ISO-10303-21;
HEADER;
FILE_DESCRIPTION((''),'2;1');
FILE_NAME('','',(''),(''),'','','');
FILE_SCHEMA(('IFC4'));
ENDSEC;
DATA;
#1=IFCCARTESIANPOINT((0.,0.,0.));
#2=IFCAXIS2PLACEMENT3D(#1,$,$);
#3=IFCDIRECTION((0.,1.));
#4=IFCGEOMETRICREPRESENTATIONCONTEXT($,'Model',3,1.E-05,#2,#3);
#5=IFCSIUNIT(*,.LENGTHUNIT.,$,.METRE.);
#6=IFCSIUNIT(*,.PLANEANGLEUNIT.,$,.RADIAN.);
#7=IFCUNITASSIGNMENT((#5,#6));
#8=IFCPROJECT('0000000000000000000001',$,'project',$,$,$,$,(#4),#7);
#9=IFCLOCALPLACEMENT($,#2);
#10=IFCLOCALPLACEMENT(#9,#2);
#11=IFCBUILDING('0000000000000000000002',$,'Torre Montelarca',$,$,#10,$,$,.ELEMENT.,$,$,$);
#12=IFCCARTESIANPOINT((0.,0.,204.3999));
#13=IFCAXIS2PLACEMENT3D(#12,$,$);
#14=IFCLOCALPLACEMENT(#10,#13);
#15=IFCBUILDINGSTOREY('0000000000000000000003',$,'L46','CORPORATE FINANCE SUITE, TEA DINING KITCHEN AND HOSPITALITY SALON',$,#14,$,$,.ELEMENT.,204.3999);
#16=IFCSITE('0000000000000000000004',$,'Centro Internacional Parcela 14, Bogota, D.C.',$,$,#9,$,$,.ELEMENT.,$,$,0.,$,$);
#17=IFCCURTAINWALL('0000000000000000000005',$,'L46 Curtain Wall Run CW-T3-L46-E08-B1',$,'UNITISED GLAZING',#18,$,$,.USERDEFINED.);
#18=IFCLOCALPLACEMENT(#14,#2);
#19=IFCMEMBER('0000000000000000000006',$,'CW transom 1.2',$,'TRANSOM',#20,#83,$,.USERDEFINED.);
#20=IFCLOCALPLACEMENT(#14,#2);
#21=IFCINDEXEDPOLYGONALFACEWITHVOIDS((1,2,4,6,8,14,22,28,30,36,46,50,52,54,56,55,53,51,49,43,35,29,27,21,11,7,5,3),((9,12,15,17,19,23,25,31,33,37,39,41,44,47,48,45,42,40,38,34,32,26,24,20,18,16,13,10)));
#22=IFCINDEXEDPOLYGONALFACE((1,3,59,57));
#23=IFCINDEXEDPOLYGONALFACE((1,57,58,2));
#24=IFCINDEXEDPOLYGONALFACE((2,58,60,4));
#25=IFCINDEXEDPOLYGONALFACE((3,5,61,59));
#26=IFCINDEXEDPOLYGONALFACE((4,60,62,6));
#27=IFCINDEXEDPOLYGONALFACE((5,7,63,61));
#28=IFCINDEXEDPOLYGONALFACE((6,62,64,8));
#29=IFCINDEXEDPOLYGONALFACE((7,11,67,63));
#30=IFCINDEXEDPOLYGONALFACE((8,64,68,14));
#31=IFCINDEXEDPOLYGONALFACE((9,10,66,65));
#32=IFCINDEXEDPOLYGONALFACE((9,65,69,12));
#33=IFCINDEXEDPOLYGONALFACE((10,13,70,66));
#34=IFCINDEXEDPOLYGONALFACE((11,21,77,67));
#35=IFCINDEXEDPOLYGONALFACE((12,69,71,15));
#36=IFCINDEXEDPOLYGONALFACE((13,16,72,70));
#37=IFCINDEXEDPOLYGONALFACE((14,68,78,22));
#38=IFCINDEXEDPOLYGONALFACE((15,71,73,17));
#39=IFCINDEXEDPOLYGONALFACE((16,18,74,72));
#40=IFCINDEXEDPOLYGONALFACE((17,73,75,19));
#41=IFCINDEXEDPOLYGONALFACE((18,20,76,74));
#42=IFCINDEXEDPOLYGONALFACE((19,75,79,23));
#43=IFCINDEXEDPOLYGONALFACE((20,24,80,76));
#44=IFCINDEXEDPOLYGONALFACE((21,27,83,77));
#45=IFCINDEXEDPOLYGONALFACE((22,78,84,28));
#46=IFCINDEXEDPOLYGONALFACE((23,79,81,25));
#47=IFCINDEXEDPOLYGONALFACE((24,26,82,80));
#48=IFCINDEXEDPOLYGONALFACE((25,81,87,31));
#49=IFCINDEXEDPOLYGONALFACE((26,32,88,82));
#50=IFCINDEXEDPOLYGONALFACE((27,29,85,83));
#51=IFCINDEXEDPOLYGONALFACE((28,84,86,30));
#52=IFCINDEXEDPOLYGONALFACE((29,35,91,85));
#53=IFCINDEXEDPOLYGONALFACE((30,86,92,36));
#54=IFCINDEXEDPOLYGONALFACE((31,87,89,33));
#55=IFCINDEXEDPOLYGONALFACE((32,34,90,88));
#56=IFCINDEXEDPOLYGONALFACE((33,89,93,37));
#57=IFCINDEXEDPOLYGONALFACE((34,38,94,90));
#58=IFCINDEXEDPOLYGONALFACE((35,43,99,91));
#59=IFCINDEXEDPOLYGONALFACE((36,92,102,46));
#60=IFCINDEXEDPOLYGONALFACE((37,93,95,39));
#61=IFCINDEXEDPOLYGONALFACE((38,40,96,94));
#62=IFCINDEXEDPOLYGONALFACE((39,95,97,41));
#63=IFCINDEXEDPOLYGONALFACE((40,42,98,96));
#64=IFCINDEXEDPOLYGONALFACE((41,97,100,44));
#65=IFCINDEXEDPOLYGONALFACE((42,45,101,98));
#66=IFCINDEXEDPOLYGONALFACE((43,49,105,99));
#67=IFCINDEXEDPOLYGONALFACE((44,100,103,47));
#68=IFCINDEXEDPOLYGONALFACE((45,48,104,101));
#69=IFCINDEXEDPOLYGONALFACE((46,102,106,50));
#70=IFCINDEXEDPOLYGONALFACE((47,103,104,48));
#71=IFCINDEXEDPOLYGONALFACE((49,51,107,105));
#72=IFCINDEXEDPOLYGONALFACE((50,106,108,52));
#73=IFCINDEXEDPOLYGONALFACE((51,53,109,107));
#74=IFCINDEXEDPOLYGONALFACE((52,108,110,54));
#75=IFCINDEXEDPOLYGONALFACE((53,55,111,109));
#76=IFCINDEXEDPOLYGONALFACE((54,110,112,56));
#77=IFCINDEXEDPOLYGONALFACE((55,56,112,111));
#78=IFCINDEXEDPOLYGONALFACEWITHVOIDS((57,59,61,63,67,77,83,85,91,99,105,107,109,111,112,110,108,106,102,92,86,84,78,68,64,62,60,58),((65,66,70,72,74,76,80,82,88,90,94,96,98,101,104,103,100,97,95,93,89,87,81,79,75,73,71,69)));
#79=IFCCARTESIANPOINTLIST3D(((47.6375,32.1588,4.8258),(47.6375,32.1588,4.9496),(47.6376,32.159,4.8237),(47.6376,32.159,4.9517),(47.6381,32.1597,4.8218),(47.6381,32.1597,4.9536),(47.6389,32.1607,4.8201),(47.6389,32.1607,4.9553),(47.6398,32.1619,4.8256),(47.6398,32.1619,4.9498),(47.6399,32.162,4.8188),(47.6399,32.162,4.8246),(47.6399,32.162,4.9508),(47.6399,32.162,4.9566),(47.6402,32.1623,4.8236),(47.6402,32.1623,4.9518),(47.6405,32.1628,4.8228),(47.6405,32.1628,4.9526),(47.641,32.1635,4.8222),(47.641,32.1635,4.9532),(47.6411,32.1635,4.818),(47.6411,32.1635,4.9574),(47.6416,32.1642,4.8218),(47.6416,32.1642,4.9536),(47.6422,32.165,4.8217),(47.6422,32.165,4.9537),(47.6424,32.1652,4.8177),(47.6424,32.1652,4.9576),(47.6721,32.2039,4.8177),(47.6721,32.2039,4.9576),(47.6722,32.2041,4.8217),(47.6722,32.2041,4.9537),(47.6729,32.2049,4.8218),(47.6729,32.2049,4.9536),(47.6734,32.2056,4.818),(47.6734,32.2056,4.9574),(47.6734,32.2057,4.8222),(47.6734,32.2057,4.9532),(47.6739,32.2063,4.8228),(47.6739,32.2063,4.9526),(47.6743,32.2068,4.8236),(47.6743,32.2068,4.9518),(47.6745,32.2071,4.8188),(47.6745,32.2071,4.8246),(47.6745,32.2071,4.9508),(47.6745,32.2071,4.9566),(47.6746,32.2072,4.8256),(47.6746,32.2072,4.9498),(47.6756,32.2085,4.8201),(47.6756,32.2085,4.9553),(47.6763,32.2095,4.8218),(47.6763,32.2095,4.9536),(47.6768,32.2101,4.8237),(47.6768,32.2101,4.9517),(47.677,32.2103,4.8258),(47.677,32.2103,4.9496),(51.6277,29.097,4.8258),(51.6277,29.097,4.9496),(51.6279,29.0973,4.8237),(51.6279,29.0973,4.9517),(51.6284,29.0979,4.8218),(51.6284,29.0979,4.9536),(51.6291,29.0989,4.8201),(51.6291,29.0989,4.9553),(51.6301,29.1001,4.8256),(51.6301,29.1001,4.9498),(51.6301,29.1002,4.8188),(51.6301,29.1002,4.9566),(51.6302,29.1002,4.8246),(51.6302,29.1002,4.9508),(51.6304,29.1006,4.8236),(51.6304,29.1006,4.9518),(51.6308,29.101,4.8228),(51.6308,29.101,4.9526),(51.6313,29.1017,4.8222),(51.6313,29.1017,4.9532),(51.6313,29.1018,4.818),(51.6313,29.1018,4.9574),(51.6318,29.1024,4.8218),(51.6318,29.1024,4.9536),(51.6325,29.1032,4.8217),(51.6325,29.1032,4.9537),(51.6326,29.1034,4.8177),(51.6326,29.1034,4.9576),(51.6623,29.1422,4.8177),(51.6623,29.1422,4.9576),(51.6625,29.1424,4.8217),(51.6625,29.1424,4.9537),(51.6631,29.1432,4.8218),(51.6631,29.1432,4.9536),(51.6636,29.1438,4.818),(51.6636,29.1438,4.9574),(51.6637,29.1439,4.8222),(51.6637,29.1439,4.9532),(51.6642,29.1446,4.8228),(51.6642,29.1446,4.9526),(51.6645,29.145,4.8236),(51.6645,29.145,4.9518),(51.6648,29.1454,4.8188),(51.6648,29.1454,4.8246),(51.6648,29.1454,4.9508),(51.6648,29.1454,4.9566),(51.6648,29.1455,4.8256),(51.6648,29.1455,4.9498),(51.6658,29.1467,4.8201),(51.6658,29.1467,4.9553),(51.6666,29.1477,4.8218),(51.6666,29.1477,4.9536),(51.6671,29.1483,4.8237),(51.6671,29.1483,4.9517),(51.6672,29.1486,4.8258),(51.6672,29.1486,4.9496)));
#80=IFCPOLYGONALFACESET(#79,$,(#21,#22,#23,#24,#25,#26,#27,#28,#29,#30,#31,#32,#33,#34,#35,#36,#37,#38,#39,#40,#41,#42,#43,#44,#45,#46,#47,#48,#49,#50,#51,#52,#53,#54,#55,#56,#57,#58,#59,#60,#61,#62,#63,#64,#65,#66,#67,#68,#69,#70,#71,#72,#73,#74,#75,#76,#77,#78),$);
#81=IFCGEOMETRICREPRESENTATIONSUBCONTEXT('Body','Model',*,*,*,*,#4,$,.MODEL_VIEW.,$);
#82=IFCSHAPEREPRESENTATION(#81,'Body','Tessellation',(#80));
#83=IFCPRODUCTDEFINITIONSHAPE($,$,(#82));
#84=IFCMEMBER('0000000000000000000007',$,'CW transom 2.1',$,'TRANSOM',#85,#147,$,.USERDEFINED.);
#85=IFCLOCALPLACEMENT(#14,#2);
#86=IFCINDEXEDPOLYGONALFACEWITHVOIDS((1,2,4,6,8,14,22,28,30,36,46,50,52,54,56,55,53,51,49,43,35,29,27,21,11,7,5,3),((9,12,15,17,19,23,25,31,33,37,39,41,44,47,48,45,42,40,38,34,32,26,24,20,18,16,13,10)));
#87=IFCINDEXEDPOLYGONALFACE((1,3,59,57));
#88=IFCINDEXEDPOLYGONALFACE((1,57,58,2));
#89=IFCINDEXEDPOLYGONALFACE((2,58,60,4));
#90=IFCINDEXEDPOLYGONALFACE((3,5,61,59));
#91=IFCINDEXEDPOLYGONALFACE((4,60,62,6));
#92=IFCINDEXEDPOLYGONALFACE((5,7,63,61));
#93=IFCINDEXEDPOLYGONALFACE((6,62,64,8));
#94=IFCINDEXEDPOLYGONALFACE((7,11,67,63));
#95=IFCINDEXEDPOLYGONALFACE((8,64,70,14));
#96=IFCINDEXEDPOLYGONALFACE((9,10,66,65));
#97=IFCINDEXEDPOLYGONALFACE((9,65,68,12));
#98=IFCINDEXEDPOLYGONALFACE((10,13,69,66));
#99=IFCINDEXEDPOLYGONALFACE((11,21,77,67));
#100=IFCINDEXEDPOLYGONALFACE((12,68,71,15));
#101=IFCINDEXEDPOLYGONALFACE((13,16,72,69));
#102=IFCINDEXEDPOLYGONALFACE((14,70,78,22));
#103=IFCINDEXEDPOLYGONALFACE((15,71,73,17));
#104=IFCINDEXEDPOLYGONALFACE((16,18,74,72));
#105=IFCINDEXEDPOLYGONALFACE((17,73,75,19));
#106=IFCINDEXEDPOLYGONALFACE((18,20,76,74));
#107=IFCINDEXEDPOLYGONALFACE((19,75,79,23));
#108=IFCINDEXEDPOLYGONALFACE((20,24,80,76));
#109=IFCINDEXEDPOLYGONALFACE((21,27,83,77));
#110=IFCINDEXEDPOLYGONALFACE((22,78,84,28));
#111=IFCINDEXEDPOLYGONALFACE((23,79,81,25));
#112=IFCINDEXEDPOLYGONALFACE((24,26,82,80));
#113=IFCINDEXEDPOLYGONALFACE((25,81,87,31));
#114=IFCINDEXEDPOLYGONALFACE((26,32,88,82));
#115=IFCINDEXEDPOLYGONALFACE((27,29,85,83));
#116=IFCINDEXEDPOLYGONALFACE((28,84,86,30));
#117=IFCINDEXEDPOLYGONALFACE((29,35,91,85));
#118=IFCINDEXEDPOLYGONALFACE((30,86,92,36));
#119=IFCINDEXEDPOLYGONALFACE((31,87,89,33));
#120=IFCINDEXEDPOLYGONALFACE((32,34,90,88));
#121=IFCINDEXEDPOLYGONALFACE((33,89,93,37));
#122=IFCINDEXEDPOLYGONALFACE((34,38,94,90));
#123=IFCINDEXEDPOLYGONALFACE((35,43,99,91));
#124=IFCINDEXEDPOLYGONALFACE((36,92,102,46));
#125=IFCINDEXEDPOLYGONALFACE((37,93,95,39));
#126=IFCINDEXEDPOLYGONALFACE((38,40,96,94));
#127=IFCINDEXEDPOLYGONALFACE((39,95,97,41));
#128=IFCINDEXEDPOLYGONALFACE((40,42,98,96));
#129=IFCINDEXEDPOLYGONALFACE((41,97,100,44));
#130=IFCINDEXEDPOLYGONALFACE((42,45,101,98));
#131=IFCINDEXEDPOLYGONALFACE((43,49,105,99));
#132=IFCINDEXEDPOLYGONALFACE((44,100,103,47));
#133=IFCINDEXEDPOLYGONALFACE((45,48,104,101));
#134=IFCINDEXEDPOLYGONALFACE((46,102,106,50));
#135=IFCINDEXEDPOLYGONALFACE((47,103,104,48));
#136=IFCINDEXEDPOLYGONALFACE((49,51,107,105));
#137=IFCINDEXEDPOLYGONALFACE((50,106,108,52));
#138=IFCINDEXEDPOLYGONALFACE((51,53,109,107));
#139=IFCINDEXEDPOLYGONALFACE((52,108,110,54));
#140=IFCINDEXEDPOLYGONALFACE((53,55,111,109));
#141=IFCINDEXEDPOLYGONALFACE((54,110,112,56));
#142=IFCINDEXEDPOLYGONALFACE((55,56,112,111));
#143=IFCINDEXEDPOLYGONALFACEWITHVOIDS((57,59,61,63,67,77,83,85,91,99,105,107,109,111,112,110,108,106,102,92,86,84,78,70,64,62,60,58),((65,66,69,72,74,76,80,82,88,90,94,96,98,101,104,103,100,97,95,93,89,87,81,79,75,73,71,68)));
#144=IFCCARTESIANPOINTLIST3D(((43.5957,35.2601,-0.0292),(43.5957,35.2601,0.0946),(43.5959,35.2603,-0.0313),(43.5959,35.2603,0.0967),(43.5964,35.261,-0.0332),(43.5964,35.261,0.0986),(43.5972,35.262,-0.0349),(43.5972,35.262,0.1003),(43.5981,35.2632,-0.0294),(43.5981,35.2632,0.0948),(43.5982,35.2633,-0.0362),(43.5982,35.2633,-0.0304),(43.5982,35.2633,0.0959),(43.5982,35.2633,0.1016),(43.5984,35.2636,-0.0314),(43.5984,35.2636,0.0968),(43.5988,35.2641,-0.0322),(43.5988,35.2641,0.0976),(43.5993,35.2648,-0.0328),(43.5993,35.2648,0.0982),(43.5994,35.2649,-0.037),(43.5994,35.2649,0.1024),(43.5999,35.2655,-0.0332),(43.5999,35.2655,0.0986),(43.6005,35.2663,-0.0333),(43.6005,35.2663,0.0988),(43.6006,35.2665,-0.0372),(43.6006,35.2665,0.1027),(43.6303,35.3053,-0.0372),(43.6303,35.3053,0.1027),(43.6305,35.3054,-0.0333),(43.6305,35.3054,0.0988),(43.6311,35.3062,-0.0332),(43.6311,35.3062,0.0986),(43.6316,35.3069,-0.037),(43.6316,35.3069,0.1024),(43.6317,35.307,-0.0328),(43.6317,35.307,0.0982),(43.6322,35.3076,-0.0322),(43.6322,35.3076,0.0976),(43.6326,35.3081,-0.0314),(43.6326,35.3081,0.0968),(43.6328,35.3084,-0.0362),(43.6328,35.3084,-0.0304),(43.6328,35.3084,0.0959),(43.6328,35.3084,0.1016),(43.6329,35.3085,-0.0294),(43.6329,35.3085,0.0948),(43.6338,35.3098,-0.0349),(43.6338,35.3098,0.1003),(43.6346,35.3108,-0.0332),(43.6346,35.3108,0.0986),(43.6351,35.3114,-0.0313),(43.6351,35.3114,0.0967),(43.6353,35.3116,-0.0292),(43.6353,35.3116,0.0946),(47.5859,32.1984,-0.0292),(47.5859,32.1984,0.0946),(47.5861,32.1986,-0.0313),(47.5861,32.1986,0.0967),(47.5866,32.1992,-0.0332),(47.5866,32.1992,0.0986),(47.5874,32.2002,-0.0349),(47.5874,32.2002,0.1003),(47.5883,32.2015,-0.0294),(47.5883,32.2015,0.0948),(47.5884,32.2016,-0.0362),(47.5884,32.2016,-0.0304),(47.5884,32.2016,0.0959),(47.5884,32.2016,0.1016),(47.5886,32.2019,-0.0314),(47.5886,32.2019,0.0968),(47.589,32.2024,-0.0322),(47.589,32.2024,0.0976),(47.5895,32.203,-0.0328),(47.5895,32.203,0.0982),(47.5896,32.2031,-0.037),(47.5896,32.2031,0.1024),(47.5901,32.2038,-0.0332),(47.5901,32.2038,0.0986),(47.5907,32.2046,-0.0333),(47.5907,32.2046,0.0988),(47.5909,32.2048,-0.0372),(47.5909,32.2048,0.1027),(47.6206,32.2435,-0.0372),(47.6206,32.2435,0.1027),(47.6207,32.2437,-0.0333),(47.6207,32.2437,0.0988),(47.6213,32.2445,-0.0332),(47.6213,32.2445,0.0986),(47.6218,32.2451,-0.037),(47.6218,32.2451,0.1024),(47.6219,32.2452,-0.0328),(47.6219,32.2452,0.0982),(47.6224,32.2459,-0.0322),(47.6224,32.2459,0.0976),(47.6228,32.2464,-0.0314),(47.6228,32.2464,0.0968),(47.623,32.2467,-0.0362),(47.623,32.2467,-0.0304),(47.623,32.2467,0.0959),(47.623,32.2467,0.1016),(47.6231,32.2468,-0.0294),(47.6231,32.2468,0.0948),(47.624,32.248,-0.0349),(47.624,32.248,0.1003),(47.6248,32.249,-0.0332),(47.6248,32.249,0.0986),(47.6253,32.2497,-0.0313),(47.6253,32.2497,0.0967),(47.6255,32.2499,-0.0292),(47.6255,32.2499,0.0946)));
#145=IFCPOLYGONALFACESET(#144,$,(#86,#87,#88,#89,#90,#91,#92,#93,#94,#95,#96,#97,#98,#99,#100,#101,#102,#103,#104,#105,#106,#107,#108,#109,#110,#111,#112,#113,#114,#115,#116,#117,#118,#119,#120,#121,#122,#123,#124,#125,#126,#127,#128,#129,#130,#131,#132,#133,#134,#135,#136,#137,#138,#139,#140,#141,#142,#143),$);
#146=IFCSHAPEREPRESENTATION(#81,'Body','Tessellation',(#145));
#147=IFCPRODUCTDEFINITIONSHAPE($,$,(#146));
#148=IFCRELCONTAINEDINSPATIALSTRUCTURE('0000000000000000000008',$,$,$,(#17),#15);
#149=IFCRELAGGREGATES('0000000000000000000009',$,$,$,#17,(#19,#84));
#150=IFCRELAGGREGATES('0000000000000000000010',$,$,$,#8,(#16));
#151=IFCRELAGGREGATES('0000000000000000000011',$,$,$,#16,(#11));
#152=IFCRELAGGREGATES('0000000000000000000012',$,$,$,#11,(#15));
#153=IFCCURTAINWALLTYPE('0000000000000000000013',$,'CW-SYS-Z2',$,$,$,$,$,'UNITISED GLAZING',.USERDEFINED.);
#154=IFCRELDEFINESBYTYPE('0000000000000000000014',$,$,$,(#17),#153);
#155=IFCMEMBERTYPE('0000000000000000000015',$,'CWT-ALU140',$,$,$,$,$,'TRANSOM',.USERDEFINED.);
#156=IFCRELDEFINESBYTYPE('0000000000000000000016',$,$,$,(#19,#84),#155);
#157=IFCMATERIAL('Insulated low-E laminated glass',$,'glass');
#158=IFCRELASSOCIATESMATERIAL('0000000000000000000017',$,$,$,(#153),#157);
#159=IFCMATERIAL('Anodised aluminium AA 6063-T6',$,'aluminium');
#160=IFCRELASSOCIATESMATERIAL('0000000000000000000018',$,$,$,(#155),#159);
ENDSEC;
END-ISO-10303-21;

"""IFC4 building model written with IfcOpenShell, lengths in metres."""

from ifc_helpers import new_model, si_unit, direction, frame, origin, origin_2d, place, context, subcontext, project, spatial, hollow_rectangle, extrude, source, transform, mapped, material, material_profile, profile_set, type_object, element, aggregate, save


model = new_model("IFC4")

# Units and contexts
model_context = context("Model", 3, precision=1e-05, world=origin(), true_north=direction((0.0, 1.0)))
body_context = subcontext(model_context, "Body", "Model", "MODEL_VIEW")
ifc_project = project(units=[si_unit("LENGTHUNIT", "METRE"), si_unit("PLANEANGLEUNIT", "RADIAN")], contexts=[model_context])

# Site, building, storey
site_placement = place(None, origin())
site = spatial("IfcSite", under=ifc_project, at=site_placement, Name="Centro Internacional Parcela 14, Bogota, D.C.", CompositionType="ELEMENT", RefElevation=0.0)
building_placement = place(site_placement, origin())
building = spatial("IfcBuilding", under=site, at=building_placement, Name="Torre Montelarca", CompositionType="ELEMENT")
storey_placement = place(building_placement, frame((0.0, 0.0, 204.3999)))
storey = spatial("IfcBuildingStorey", under=building, at=storey_placement, Name="L46", Description="CORPORATE FINANCE SUITE, TEA DINING KITCHEN AND HOSPITALITY SALON", CompositionType="ELEMENT", Elevation=204.3999)

# Shared definitions
ifc_material_1 = material(Name="Insulated low-E laminated glass", Category="glass")
curtain_wall_type = type_object("IfcCurtainWallType", Name="CW-SYS-Z2", ElementType="UNITISED GLAZING", PredefinedType="USERDEFINED", material=ifc_material_1)
ifc_material_2 = material(Name="Anodised aluminium AA 6063-T6", Category="aluminium")

# Curtain wall
curtain_wall_1_placement = place(storey_placement, origin())
curtain_wall_1 = element("IfcCurtainWall", 1, at=curtain_wall_1_placement, inside=storey, type_object=curtain_wall_type, Name="L46 Curtain Wall Run CW-T3-L46-E08-B1", ObjectType="UNITISED GLAZING", PredefinedType="USERDEFINED")

# Members
ifc_material_profile_1 = material_profile(ifc_material_2, hollow_rectangle(XDim=0.0649, YDim=0.1399, WallThickness=0.0039, InnerFilletRadius=0.0039, OuterFilletRadius=0.0081, at=origin_2d()), Name="ALU65X140X4", Category="aluminium")
ifc_profile_set_1 = profile_set([ifc_material_profile_1], Name="Anodised aluminium AA 6063-T6")
member_type_1 = type_object("IfcMemberType", Name="CWT-ALU140", ElementType="TRANSOM", PredefinedType="USERDEFINED", material=ifc_profile_set_1)
shared_shape_1 = source(origin(), body_context, "Body", "SweptSolid", [
    extrude(hollow_rectangle(XDim=0.0649, YDim=0.1399, WallThickness=0.0039, InnerFilletRadius=0.0039, OuterFilletRadius=0.0081, at=origin_2d()), origin(), (0.0, 0.0, 1.0), 5.0295),
])
member_1_placement = place(storey_placement, frame((51.6475, 29.1228, 4.8877), z_axis=(-0.793358, 0.608756, 0.0), x_axis=(-0.608756, -0.793358, 0.0)))
member_1 = element("IfcMember", 2, at=member_1_placement, type_object=member_type_1, Name="CW transom 1.2", ObjectType="TRANSOM", PredefinedType="USERDEFINED", context=body_context, shape_type="MappedRepresentation", body=[
    mapped(shared_shape_1, transform((0.0, 0.0, 0.0), scale=1.0)),
])
member_2_placement = place(storey_placement, frame((47.6057, 32.2241, 0.0327), z_axis=(-0.793358, 0.608756, 0.0), x_axis=(-0.608756, -0.793358, 0.0)))
member_2 = element("IfcMember", 3, at=member_2_placement, type_object=member_type_1, Name="CW transom 2.1", ObjectType="TRANSOM", PredefinedType="USERDEFINED", context=body_context, shape_type="MappedRepresentation", body=[
    mapped(shared_shape_1, transform((0.0, 0.0, 0.0), scale=1.0)),
])

aggregate(curtain_wall_1, [member_1, member_2])

save(model, "model.ifc")
